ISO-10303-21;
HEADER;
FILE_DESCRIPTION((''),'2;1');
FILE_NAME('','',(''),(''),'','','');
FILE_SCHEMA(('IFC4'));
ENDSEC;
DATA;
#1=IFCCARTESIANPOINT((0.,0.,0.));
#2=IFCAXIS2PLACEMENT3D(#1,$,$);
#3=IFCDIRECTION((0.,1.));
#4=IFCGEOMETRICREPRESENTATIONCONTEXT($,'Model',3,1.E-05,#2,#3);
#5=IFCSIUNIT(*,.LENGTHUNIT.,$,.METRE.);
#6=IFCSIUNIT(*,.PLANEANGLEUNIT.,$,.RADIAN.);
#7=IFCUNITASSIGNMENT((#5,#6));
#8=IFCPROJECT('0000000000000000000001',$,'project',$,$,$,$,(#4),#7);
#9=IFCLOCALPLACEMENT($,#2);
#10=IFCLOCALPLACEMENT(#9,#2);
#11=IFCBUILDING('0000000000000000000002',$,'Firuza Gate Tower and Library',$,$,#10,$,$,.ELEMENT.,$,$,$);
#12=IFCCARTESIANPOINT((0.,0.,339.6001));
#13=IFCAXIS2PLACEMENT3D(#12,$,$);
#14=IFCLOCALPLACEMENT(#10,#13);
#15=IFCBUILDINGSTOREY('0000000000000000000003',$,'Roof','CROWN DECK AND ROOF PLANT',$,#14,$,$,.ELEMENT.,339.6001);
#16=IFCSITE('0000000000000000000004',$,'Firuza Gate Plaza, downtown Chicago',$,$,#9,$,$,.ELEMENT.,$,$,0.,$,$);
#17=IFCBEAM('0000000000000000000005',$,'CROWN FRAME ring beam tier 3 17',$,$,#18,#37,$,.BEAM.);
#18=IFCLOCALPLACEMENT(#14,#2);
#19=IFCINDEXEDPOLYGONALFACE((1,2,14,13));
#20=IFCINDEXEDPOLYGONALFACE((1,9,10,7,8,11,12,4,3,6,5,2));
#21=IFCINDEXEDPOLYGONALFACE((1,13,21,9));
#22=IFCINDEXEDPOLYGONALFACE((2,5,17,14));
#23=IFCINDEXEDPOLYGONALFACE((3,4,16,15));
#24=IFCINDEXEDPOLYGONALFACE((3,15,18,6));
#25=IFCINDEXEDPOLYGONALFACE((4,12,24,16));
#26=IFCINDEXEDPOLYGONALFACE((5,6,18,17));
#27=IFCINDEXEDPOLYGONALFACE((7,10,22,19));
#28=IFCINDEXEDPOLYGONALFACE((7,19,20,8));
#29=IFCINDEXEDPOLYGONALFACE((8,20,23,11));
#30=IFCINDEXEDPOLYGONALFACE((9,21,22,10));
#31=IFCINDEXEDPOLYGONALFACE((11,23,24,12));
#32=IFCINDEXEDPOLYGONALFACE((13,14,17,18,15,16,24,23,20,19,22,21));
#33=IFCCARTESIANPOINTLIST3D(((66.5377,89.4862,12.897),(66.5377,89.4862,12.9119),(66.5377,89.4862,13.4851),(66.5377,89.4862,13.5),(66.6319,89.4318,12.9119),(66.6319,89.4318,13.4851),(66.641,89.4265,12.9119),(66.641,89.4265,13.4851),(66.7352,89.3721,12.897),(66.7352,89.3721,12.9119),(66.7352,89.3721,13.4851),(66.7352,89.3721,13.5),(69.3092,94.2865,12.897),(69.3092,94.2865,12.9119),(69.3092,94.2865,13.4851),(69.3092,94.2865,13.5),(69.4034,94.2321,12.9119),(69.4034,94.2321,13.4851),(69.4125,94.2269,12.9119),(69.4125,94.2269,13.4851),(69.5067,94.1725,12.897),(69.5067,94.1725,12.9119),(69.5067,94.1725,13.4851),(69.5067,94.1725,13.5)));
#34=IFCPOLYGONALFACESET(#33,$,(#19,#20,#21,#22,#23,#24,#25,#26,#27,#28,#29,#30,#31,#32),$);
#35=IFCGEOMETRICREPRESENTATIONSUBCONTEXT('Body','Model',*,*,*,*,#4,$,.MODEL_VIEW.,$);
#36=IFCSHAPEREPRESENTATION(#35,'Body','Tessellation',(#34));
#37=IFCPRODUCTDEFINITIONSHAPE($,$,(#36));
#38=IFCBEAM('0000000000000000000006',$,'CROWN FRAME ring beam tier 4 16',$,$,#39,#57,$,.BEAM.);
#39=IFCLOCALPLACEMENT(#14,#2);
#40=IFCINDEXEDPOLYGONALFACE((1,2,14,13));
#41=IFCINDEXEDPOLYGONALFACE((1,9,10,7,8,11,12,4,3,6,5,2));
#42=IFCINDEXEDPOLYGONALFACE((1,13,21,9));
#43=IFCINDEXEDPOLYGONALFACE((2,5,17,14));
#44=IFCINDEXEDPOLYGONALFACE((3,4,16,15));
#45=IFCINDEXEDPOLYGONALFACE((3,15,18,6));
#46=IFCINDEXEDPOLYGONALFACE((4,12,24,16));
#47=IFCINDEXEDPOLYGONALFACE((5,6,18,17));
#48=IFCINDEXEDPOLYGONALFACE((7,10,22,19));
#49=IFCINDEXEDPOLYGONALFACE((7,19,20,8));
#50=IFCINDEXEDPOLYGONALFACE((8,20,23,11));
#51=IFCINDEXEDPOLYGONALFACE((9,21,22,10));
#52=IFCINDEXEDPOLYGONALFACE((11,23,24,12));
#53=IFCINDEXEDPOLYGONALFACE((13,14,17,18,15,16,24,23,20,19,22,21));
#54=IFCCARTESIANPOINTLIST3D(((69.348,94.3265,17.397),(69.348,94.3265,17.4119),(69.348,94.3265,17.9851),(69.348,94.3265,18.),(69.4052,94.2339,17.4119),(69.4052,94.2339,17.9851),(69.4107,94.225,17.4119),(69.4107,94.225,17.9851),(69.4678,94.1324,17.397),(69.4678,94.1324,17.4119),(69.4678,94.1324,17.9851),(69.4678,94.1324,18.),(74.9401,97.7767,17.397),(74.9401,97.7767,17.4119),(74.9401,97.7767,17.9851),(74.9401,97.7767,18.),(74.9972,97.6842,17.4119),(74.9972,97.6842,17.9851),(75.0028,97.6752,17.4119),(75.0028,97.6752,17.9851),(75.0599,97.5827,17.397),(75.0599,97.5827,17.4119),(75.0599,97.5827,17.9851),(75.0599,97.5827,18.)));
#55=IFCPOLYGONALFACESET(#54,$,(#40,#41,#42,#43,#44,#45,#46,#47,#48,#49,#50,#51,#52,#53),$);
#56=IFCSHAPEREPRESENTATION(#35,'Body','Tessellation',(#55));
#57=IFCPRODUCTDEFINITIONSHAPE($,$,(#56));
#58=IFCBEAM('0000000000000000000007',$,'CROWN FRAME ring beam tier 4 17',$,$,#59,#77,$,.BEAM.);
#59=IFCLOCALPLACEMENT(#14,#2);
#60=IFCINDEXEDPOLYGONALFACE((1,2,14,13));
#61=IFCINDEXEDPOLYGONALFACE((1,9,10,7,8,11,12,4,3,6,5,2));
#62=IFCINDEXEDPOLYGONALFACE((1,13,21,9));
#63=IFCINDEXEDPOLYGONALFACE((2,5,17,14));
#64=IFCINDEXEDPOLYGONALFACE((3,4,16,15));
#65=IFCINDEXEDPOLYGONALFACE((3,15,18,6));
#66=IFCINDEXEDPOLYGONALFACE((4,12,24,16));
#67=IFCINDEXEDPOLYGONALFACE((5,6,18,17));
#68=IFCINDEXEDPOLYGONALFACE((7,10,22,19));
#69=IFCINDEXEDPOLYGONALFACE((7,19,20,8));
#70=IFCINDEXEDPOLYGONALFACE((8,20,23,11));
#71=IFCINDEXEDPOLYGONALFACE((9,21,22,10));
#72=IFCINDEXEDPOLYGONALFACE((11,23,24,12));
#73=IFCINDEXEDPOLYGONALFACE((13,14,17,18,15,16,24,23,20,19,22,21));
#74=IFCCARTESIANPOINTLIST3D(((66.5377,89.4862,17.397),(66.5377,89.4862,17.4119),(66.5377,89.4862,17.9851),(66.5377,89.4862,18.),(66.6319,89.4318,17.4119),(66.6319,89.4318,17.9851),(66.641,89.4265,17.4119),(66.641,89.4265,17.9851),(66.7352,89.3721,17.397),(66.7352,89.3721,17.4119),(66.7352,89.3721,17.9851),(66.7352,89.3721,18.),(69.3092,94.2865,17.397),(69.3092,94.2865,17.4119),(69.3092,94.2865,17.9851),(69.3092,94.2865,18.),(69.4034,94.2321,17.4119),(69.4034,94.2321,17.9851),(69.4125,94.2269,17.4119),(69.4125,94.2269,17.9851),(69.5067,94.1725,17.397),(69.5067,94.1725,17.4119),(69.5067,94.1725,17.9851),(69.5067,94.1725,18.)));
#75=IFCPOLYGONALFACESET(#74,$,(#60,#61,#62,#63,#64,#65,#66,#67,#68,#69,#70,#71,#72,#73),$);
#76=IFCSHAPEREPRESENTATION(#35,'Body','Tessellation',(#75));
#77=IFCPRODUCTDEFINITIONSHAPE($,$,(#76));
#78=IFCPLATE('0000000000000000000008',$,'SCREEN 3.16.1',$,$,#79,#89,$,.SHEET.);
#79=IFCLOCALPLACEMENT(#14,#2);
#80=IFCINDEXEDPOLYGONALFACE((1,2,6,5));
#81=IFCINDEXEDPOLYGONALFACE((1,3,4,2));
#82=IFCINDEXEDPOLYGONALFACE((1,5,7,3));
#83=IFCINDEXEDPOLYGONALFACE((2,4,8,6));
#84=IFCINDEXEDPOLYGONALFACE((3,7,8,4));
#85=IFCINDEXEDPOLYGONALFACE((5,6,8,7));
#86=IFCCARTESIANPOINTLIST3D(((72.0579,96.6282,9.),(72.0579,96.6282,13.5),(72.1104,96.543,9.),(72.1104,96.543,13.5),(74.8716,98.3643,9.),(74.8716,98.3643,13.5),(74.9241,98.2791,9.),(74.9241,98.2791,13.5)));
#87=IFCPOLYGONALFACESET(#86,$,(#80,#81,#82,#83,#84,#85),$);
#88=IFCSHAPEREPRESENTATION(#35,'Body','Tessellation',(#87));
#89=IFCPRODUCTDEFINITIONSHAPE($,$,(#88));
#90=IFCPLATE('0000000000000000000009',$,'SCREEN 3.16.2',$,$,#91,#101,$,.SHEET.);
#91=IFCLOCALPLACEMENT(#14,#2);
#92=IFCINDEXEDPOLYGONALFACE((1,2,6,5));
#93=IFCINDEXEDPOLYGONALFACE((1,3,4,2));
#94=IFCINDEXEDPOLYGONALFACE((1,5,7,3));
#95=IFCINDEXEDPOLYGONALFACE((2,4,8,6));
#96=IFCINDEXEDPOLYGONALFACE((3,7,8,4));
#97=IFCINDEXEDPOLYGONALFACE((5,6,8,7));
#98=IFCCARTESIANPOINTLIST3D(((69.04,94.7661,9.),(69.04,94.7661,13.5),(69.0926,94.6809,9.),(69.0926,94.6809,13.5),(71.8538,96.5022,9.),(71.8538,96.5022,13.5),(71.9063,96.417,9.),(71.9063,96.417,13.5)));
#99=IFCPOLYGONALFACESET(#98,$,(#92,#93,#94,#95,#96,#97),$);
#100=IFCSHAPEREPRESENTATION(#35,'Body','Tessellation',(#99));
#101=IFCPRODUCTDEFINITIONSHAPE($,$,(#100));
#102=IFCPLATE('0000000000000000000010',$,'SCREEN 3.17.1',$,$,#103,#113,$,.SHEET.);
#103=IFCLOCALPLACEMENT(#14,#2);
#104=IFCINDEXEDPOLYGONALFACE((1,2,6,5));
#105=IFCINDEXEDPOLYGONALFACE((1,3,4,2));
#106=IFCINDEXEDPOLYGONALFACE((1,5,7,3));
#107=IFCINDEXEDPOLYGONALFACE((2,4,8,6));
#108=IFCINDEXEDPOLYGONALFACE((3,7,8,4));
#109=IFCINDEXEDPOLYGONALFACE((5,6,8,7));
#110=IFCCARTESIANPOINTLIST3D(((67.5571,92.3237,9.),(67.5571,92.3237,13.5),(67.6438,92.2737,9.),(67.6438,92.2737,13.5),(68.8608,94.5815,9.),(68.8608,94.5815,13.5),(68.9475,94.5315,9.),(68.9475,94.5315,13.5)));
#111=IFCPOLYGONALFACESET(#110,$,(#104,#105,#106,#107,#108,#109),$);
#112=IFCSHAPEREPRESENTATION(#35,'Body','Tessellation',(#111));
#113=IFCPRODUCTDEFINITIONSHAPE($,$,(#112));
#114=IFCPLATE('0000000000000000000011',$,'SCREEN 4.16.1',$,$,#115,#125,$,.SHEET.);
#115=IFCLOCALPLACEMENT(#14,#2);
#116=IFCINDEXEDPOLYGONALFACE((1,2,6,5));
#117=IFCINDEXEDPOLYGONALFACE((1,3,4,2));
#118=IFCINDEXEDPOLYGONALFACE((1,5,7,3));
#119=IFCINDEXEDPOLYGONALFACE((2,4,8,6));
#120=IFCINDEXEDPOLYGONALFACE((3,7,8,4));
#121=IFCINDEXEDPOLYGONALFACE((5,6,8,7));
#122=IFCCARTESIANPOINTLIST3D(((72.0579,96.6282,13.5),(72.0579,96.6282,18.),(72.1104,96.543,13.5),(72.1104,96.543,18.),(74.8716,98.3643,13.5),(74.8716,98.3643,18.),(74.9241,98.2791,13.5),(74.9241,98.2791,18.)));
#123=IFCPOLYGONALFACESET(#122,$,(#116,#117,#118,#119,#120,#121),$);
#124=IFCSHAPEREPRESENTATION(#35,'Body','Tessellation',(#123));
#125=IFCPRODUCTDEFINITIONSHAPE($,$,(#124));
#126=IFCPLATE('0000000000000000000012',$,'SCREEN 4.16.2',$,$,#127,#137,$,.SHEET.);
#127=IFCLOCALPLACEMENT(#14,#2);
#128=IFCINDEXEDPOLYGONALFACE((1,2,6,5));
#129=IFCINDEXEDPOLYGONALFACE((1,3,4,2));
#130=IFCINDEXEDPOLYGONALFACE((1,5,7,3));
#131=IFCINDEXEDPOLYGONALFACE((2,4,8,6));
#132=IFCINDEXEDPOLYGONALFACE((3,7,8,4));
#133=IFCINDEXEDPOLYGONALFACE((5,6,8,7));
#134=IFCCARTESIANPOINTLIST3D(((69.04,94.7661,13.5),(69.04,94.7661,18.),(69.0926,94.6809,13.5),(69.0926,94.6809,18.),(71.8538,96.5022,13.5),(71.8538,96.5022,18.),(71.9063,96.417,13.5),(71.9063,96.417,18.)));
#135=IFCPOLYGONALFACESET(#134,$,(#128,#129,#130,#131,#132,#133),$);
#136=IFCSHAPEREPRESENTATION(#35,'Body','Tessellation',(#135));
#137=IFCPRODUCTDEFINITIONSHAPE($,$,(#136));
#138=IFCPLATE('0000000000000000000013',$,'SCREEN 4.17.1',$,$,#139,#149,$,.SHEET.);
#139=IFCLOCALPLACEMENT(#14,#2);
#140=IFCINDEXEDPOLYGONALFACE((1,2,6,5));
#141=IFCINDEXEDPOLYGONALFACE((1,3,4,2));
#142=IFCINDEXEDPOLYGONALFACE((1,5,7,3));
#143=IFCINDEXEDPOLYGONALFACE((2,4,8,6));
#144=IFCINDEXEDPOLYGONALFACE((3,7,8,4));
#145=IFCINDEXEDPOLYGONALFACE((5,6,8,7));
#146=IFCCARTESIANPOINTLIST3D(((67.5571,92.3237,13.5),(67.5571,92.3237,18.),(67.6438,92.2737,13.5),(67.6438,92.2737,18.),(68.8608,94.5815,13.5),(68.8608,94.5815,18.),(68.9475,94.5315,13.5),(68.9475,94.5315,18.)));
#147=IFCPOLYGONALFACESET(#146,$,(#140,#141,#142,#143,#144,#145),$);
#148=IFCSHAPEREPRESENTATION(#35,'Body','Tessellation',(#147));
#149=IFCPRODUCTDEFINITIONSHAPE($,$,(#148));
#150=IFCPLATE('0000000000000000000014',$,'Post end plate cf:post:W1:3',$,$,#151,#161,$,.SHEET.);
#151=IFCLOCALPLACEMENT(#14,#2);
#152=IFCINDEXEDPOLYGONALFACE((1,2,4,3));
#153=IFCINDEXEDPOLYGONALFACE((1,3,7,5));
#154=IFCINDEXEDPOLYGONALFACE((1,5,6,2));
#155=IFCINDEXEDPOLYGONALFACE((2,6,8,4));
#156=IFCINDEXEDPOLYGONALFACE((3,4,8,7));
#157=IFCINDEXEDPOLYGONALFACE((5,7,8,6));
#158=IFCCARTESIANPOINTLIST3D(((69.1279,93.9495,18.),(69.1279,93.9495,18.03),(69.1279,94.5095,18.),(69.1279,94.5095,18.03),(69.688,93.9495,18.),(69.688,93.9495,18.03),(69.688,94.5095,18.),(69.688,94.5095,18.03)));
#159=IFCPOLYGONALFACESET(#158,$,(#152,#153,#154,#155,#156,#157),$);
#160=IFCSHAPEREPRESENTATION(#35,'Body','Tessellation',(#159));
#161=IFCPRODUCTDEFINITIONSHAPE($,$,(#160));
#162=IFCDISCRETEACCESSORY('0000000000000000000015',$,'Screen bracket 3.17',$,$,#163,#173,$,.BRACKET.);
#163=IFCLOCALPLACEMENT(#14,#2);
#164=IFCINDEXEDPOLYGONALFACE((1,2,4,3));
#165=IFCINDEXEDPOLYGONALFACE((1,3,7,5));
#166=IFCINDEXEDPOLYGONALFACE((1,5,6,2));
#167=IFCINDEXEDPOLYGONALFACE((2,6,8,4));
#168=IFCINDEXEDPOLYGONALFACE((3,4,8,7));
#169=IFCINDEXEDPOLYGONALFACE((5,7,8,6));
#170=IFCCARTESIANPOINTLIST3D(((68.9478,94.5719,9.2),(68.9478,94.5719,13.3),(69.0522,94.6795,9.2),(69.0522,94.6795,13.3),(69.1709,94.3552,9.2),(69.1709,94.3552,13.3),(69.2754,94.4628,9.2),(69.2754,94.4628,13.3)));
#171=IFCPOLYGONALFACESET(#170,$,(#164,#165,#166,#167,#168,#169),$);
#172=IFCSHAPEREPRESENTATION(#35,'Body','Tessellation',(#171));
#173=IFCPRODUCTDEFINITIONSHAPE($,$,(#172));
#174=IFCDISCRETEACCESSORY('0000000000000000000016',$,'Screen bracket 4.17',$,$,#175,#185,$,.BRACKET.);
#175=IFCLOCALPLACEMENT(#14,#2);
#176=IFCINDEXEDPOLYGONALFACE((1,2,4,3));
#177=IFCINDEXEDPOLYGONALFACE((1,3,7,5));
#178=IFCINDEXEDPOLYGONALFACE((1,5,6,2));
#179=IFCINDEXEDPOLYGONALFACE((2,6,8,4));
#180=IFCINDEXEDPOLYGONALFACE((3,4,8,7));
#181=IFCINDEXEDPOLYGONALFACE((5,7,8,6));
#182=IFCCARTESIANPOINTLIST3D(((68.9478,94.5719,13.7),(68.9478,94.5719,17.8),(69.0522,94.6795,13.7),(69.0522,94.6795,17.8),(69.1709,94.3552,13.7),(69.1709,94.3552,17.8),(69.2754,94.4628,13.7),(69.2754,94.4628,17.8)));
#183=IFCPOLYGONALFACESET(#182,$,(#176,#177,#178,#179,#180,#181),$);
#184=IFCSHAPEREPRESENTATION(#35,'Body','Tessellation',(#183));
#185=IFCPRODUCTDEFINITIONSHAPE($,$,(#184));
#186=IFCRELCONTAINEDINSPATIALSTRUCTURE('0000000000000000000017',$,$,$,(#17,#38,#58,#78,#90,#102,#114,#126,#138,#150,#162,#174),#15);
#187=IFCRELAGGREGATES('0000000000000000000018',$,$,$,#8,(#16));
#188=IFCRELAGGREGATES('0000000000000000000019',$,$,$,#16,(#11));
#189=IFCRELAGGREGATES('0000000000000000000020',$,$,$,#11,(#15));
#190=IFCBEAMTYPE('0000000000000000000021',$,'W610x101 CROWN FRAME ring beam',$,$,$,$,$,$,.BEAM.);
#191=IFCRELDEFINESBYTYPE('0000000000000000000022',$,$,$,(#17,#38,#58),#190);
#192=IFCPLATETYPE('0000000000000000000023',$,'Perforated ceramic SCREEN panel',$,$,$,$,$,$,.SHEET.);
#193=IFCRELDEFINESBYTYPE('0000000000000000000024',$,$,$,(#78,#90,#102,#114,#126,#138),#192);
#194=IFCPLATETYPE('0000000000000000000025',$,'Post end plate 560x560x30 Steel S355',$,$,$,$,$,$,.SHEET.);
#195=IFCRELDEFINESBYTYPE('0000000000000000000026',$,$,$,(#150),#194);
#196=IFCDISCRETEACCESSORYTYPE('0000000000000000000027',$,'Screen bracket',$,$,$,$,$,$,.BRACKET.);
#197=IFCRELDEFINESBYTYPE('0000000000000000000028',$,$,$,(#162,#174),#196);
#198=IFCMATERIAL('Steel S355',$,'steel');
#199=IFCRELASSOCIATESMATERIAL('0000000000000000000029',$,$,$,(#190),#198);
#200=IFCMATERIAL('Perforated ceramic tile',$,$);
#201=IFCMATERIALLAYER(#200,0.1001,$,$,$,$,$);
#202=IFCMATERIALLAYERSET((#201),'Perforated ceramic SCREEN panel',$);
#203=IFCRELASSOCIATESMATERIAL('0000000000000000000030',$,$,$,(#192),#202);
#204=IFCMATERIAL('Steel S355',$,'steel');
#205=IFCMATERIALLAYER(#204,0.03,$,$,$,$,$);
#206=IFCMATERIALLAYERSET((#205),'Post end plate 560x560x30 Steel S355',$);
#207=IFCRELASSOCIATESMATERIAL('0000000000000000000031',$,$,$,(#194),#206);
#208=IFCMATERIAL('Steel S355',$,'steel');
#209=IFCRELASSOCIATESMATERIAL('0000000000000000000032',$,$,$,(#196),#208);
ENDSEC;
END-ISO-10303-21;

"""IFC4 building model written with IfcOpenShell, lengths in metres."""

from ifc_helpers import new_model, si_unit, direction, frame, origin, origin_2d, place, context, subcontext, project, spatial, polyline, rectangle, i_section, outline, extrude, material, layer, layer_set, material_profile, profile_set, type_object, element, save


model = new_model("IFC4")

# Units and contexts
model_context = context("Model", 3, precision=1e-05, world=origin(), true_north=direction((0.0, 1.0)))
body_context = subcontext(model_context, "Body", "Model", "MODEL_VIEW")
ifc_project = project(units=[si_unit("LENGTHUNIT", "METRE"), si_unit("PLANEANGLEUNIT", "RADIAN")], contexts=[model_context])

# Site, building, storey
site_placement = place(None, origin())
site = spatial("IfcSite", under=ifc_project, at=site_placement, Name="Firuza Gate Plaza, downtown Chicago", CompositionType="ELEMENT", RefElevation=0.0)
building_placement = place(site_placement, origin())
building = spatial("IfcBuilding", under=site, at=building_placement, Name="Firuza Gate Tower and Library", CompositionType="ELEMENT")
storey_placement = place(building_placement, frame((0.0, 0.0, 339.6001)))
storey = spatial("IfcBuildingStorey", under=building, at=storey_placement, Name="Roof", Description="CROWN DECK AND ROOF PLANT", CompositionType="ELEMENT", Elevation=339.6001)

# Beams
ifc_material_1 = material(Name="Steel S355", Category="steel")
ifc_material_profile_1 = material_profile(ifc_material_1, i_section(OverallWidth=0.228, OverallDepth=0.603, WebThickness=0.0105, FlangeThickness=0.0149, at=origin_2d()))
ifc_profile_set_1 = profile_set([ifc_material_profile_1], Name="Steel S355")
beam_type = type_object("IfcBeamType", Name="W610x101 CROWN FRAME ring beam", PredefinedType="BEAM", material=ifc_profile_set_1)
beam_1_placement = place(storey_placement, frame((69.408, 94.2295, 13.1985), z_axis=(-0.500005, -0.866023, 0.0), x_axis=(0.866023, -0.500005, 0.0)))
element("IfcBeam", 1, at=beam_1_placement, inside=storey, type_object=beam_type, Name="CROWN FRAME ring beam tier 3 17", PredefinedType="BEAM", context=body_context, shape_type="SweptSolid", body=[
    extrude(i_section(OverallWidth=0.228, OverallDepth=0.603, WebThickness=0.0105, FlangeThickness=0.0149, at=origin_2d()), origin(), (0.0, 0.0, 1.0), 5.543),
])
beam_2_placement = place(storey_placement, frame((75.0, 97.6797, 17.6985), z_axis=(-0.85105, -0.525084, 0.0), x_axis=(0.525084, -0.85105, 0.0)))
element("IfcBeam", 2, at=beam_2_placement, inside=storey, type_object=beam_type, Name="CROWN FRAME ring beam tier 4 16", PredefinedType="BEAM", context=body_context, shape_type="SweptSolid", body=[
    extrude(i_section(OverallWidth=0.228, OverallDepth=0.603, WebThickness=0.0105, FlangeThickness=0.0149, at=origin_2d()), origin(), (0.0, 0.0, 1.0), 6.5708),
])
beam_3_placement = place(storey_placement, frame((69.408, 94.2295, 17.6985), z_axis=(-0.500005, -0.866023, 0.0), x_axis=(0.866023, -0.500005, 0.0)))
element("IfcBeam", 3, at=beam_3_placement, inside=storey, type_object=beam_type, Name="CROWN FRAME ring beam tier 4 17", PredefinedType="BEAM", context=body_context, shape_type="SweptSolid", body=[
    extrude(i_section(OverallWidth=0.228, OverallDepth=0.603, WebThickness=0.0105, FlangeThickness=0.0149, at=origin_2d()), origin(), (0.0, 0.0, 1.0), 5.543),
])

# Plates
ifc_material_2 = material(Name="Perforated ceramic tile")
ifc_layer_1 = layer(ifc_material_2, 0.1001)
ifc_layer_set_1 = layer_set([ifc_layer_1], Name="Perforated ceramic SCREEN panel")
plate_type_1 = type_object("IfcPlateType", Name="Perforated ceramic SCREEN panel", PredefinedType="SHEET", material=ifc_layer_set_1)
for number, where, z_axis, x_axis, name in (
    (4, (74.8716, 98.3643, 9.0), (-0.525098, 0.851042, 0.0), (-0.851042, -0.525098, 0.0), "SCREEN 3.16.1"),
    (5, (71.8538, 96.5022, 9.0), (-0.525098, 0.851042, 0.0), (-0.851042, -0.525098, 0.0), "SCREEN 3.16.2"),
):
    element("IfcPlate", number, at=place(storey_placement, frame(where, z_axis=z_axis, x_axis=x_axis)), inside=storey, type_object=plate_type_1, Name=name, PredefinedType="SHEET", context=body_context, shape_type="SweptSolid", body=[
        extrude(outline(polyline([(0.0, 0.0), (3.3062, 0.0), (3.3062, 4.5), (0.0, 4.5), (0.0, 0.0)])), origin(), (0.0, 0.0, -1.0), 0.1001),
    ])
plate_1_placement = place(storey_placement, frame((68.8608, 94.5815, 9.0), z_axis=(-0.865998, 0.500047, 0.0), x_axis=(-0.500047, -0.865998, 0.0)))
element("IfcPlate", 6, at=plate_1_placement, inside=storey, type_object=plate_type_1, Name="SCREEN 3.17.1", PredefinedType="SHEET", context=body_context, shape_type="SweptSolid", body=[
    extrude(outline(polyline([(0.0, 0.0), (2.6072, 0.0), (2.6072, 4.5), (0.0, 4.5), (0.0, 0.0)])), origin(), (0.0, 0.0, -1.0), 0.1001),
])
for number, where, z_axis, x_axis, name in (
    (7, (74.8716, 98.3643, 13.5), (-0.525098, 0.851042, 0.0), (-0.851042, -0.525098, 0.0), "SCREEN 4.16.1"),
    (8, (71.8538, 96.5022, 13.5), (-0.525098, 0.851042, 0.0), (-0.851042, -0.525098, 0.0), "SCREEN 4.16.2"),
):
    element("IfcPlate", number, at=place(storey_placement, frame(where, z_axis=z_axis, x_axis=x_axis)), inside=storey, type_object=plate_type_1, Name=name, PredefinedType="SHEET", context=body_context, shape_type="SweptSolid", body=[
        extrude(outline(polyline([(0.0, 0.0), (3.3062, 0.0), (3.3062, 4.5), (0.0, 4.5), (0.0, 0.0)])), origin(), (0.0, 0.0, -1.0), 0.1001),
    ])
plate_2_placement = place(storey_placement, frame((68.8608, 94.5815, 13.5), z_axis=(-0.865998, 0.500047, 0.0), x_axis=(-0.500047, -0.865998, 0.0)))
element("IfcPlate", 9, at=plate_2_placement, inside=storey, type_object=plate_type_1, Name="SCREEN 4.17.1", PredefinedType="SHEET", context=body_context, shape_type="SweptSolid", body=[
    extrude(outline(polyline([(0.0, 0.0), (2.6072, 0.0), (2.6072, 4.5), (0.0, 4.5), (0.0, 0.0)])), origin(), (0.0, 0.0, -1.0), 0.1001),
])
ifc_material_3 = material(Name="Steel S355", Category="steel")
ifc_layer_2 = layer(ifc_material_3, 0.03)
ifc_layer_set_2 = layer_set([ifc_layer_2], Name="Post end plate 560x560x30 Steel S355")
plate_type_2 = type_object("IfcPlateType", Name="Post end plate 560x560x30 Steel S355", PredefinedType="SHEET", material=ifc_layer_set_2)
plate_3_placement = place(storey_placement, frame((69.408, 94.2295, 18.0), z_axis=(0.0, 0.0, 1.0), x_axis=(1.0, 0.0, 0.0)))
element("IfcPlate", 10, at=plate_3_placement, inside=storey, type_object=plate_type_2, Name="Post end plate cf:post:W1:3", PredefinedType="SHEET", context=body_context, shape_type="SweptSolid", body=[
    extrude(rectangle(XDim=0.5601, YDim=0.5601, at=origin_2d()), origin(), (0.0, 0.0, 1.0), 0.03),
])

# Discrete accessories
ifc_material_4 = material(Name="Steel S355", Category="steel")
discrete_accessory_type = type_object("IfcDiscreteAccessoryType", Name="Screen bracket", PredefinedType="BRACKET", material=ifc_material_4)
for number, where, z_axis, x_axis, name in (
    (11, (69.1116, 94.5173, 9.2), (0.0, 0.0, 1.0), (-0.717364, 0.696699, 0.0), "Screen bracket 3.17"),
    (12, (69.1116, 94.5173, 13.7), (0.0, 0.0, 1.0), (-0.717364, 0.696699, 0.0), "Screen bracket 4.17"),
):
    element("IfcDiscreteAccessory", number, at=place(storey_placement, frame(where, z_axis=z_axis, x_axis=x_axis)), inside=storey, type_object=discrete_accessory_type, Name=name, PredefinedType="BRACKET", context=body_context, shape_type="SweptSolid", body=[
        extrude(rectangle(XDim=0.311, YDim=0.1499, at=origin_2d()), origin(), (0.0, 0.0, 1.0), 4.1001),
    ])

save(model, "model.ifc")
